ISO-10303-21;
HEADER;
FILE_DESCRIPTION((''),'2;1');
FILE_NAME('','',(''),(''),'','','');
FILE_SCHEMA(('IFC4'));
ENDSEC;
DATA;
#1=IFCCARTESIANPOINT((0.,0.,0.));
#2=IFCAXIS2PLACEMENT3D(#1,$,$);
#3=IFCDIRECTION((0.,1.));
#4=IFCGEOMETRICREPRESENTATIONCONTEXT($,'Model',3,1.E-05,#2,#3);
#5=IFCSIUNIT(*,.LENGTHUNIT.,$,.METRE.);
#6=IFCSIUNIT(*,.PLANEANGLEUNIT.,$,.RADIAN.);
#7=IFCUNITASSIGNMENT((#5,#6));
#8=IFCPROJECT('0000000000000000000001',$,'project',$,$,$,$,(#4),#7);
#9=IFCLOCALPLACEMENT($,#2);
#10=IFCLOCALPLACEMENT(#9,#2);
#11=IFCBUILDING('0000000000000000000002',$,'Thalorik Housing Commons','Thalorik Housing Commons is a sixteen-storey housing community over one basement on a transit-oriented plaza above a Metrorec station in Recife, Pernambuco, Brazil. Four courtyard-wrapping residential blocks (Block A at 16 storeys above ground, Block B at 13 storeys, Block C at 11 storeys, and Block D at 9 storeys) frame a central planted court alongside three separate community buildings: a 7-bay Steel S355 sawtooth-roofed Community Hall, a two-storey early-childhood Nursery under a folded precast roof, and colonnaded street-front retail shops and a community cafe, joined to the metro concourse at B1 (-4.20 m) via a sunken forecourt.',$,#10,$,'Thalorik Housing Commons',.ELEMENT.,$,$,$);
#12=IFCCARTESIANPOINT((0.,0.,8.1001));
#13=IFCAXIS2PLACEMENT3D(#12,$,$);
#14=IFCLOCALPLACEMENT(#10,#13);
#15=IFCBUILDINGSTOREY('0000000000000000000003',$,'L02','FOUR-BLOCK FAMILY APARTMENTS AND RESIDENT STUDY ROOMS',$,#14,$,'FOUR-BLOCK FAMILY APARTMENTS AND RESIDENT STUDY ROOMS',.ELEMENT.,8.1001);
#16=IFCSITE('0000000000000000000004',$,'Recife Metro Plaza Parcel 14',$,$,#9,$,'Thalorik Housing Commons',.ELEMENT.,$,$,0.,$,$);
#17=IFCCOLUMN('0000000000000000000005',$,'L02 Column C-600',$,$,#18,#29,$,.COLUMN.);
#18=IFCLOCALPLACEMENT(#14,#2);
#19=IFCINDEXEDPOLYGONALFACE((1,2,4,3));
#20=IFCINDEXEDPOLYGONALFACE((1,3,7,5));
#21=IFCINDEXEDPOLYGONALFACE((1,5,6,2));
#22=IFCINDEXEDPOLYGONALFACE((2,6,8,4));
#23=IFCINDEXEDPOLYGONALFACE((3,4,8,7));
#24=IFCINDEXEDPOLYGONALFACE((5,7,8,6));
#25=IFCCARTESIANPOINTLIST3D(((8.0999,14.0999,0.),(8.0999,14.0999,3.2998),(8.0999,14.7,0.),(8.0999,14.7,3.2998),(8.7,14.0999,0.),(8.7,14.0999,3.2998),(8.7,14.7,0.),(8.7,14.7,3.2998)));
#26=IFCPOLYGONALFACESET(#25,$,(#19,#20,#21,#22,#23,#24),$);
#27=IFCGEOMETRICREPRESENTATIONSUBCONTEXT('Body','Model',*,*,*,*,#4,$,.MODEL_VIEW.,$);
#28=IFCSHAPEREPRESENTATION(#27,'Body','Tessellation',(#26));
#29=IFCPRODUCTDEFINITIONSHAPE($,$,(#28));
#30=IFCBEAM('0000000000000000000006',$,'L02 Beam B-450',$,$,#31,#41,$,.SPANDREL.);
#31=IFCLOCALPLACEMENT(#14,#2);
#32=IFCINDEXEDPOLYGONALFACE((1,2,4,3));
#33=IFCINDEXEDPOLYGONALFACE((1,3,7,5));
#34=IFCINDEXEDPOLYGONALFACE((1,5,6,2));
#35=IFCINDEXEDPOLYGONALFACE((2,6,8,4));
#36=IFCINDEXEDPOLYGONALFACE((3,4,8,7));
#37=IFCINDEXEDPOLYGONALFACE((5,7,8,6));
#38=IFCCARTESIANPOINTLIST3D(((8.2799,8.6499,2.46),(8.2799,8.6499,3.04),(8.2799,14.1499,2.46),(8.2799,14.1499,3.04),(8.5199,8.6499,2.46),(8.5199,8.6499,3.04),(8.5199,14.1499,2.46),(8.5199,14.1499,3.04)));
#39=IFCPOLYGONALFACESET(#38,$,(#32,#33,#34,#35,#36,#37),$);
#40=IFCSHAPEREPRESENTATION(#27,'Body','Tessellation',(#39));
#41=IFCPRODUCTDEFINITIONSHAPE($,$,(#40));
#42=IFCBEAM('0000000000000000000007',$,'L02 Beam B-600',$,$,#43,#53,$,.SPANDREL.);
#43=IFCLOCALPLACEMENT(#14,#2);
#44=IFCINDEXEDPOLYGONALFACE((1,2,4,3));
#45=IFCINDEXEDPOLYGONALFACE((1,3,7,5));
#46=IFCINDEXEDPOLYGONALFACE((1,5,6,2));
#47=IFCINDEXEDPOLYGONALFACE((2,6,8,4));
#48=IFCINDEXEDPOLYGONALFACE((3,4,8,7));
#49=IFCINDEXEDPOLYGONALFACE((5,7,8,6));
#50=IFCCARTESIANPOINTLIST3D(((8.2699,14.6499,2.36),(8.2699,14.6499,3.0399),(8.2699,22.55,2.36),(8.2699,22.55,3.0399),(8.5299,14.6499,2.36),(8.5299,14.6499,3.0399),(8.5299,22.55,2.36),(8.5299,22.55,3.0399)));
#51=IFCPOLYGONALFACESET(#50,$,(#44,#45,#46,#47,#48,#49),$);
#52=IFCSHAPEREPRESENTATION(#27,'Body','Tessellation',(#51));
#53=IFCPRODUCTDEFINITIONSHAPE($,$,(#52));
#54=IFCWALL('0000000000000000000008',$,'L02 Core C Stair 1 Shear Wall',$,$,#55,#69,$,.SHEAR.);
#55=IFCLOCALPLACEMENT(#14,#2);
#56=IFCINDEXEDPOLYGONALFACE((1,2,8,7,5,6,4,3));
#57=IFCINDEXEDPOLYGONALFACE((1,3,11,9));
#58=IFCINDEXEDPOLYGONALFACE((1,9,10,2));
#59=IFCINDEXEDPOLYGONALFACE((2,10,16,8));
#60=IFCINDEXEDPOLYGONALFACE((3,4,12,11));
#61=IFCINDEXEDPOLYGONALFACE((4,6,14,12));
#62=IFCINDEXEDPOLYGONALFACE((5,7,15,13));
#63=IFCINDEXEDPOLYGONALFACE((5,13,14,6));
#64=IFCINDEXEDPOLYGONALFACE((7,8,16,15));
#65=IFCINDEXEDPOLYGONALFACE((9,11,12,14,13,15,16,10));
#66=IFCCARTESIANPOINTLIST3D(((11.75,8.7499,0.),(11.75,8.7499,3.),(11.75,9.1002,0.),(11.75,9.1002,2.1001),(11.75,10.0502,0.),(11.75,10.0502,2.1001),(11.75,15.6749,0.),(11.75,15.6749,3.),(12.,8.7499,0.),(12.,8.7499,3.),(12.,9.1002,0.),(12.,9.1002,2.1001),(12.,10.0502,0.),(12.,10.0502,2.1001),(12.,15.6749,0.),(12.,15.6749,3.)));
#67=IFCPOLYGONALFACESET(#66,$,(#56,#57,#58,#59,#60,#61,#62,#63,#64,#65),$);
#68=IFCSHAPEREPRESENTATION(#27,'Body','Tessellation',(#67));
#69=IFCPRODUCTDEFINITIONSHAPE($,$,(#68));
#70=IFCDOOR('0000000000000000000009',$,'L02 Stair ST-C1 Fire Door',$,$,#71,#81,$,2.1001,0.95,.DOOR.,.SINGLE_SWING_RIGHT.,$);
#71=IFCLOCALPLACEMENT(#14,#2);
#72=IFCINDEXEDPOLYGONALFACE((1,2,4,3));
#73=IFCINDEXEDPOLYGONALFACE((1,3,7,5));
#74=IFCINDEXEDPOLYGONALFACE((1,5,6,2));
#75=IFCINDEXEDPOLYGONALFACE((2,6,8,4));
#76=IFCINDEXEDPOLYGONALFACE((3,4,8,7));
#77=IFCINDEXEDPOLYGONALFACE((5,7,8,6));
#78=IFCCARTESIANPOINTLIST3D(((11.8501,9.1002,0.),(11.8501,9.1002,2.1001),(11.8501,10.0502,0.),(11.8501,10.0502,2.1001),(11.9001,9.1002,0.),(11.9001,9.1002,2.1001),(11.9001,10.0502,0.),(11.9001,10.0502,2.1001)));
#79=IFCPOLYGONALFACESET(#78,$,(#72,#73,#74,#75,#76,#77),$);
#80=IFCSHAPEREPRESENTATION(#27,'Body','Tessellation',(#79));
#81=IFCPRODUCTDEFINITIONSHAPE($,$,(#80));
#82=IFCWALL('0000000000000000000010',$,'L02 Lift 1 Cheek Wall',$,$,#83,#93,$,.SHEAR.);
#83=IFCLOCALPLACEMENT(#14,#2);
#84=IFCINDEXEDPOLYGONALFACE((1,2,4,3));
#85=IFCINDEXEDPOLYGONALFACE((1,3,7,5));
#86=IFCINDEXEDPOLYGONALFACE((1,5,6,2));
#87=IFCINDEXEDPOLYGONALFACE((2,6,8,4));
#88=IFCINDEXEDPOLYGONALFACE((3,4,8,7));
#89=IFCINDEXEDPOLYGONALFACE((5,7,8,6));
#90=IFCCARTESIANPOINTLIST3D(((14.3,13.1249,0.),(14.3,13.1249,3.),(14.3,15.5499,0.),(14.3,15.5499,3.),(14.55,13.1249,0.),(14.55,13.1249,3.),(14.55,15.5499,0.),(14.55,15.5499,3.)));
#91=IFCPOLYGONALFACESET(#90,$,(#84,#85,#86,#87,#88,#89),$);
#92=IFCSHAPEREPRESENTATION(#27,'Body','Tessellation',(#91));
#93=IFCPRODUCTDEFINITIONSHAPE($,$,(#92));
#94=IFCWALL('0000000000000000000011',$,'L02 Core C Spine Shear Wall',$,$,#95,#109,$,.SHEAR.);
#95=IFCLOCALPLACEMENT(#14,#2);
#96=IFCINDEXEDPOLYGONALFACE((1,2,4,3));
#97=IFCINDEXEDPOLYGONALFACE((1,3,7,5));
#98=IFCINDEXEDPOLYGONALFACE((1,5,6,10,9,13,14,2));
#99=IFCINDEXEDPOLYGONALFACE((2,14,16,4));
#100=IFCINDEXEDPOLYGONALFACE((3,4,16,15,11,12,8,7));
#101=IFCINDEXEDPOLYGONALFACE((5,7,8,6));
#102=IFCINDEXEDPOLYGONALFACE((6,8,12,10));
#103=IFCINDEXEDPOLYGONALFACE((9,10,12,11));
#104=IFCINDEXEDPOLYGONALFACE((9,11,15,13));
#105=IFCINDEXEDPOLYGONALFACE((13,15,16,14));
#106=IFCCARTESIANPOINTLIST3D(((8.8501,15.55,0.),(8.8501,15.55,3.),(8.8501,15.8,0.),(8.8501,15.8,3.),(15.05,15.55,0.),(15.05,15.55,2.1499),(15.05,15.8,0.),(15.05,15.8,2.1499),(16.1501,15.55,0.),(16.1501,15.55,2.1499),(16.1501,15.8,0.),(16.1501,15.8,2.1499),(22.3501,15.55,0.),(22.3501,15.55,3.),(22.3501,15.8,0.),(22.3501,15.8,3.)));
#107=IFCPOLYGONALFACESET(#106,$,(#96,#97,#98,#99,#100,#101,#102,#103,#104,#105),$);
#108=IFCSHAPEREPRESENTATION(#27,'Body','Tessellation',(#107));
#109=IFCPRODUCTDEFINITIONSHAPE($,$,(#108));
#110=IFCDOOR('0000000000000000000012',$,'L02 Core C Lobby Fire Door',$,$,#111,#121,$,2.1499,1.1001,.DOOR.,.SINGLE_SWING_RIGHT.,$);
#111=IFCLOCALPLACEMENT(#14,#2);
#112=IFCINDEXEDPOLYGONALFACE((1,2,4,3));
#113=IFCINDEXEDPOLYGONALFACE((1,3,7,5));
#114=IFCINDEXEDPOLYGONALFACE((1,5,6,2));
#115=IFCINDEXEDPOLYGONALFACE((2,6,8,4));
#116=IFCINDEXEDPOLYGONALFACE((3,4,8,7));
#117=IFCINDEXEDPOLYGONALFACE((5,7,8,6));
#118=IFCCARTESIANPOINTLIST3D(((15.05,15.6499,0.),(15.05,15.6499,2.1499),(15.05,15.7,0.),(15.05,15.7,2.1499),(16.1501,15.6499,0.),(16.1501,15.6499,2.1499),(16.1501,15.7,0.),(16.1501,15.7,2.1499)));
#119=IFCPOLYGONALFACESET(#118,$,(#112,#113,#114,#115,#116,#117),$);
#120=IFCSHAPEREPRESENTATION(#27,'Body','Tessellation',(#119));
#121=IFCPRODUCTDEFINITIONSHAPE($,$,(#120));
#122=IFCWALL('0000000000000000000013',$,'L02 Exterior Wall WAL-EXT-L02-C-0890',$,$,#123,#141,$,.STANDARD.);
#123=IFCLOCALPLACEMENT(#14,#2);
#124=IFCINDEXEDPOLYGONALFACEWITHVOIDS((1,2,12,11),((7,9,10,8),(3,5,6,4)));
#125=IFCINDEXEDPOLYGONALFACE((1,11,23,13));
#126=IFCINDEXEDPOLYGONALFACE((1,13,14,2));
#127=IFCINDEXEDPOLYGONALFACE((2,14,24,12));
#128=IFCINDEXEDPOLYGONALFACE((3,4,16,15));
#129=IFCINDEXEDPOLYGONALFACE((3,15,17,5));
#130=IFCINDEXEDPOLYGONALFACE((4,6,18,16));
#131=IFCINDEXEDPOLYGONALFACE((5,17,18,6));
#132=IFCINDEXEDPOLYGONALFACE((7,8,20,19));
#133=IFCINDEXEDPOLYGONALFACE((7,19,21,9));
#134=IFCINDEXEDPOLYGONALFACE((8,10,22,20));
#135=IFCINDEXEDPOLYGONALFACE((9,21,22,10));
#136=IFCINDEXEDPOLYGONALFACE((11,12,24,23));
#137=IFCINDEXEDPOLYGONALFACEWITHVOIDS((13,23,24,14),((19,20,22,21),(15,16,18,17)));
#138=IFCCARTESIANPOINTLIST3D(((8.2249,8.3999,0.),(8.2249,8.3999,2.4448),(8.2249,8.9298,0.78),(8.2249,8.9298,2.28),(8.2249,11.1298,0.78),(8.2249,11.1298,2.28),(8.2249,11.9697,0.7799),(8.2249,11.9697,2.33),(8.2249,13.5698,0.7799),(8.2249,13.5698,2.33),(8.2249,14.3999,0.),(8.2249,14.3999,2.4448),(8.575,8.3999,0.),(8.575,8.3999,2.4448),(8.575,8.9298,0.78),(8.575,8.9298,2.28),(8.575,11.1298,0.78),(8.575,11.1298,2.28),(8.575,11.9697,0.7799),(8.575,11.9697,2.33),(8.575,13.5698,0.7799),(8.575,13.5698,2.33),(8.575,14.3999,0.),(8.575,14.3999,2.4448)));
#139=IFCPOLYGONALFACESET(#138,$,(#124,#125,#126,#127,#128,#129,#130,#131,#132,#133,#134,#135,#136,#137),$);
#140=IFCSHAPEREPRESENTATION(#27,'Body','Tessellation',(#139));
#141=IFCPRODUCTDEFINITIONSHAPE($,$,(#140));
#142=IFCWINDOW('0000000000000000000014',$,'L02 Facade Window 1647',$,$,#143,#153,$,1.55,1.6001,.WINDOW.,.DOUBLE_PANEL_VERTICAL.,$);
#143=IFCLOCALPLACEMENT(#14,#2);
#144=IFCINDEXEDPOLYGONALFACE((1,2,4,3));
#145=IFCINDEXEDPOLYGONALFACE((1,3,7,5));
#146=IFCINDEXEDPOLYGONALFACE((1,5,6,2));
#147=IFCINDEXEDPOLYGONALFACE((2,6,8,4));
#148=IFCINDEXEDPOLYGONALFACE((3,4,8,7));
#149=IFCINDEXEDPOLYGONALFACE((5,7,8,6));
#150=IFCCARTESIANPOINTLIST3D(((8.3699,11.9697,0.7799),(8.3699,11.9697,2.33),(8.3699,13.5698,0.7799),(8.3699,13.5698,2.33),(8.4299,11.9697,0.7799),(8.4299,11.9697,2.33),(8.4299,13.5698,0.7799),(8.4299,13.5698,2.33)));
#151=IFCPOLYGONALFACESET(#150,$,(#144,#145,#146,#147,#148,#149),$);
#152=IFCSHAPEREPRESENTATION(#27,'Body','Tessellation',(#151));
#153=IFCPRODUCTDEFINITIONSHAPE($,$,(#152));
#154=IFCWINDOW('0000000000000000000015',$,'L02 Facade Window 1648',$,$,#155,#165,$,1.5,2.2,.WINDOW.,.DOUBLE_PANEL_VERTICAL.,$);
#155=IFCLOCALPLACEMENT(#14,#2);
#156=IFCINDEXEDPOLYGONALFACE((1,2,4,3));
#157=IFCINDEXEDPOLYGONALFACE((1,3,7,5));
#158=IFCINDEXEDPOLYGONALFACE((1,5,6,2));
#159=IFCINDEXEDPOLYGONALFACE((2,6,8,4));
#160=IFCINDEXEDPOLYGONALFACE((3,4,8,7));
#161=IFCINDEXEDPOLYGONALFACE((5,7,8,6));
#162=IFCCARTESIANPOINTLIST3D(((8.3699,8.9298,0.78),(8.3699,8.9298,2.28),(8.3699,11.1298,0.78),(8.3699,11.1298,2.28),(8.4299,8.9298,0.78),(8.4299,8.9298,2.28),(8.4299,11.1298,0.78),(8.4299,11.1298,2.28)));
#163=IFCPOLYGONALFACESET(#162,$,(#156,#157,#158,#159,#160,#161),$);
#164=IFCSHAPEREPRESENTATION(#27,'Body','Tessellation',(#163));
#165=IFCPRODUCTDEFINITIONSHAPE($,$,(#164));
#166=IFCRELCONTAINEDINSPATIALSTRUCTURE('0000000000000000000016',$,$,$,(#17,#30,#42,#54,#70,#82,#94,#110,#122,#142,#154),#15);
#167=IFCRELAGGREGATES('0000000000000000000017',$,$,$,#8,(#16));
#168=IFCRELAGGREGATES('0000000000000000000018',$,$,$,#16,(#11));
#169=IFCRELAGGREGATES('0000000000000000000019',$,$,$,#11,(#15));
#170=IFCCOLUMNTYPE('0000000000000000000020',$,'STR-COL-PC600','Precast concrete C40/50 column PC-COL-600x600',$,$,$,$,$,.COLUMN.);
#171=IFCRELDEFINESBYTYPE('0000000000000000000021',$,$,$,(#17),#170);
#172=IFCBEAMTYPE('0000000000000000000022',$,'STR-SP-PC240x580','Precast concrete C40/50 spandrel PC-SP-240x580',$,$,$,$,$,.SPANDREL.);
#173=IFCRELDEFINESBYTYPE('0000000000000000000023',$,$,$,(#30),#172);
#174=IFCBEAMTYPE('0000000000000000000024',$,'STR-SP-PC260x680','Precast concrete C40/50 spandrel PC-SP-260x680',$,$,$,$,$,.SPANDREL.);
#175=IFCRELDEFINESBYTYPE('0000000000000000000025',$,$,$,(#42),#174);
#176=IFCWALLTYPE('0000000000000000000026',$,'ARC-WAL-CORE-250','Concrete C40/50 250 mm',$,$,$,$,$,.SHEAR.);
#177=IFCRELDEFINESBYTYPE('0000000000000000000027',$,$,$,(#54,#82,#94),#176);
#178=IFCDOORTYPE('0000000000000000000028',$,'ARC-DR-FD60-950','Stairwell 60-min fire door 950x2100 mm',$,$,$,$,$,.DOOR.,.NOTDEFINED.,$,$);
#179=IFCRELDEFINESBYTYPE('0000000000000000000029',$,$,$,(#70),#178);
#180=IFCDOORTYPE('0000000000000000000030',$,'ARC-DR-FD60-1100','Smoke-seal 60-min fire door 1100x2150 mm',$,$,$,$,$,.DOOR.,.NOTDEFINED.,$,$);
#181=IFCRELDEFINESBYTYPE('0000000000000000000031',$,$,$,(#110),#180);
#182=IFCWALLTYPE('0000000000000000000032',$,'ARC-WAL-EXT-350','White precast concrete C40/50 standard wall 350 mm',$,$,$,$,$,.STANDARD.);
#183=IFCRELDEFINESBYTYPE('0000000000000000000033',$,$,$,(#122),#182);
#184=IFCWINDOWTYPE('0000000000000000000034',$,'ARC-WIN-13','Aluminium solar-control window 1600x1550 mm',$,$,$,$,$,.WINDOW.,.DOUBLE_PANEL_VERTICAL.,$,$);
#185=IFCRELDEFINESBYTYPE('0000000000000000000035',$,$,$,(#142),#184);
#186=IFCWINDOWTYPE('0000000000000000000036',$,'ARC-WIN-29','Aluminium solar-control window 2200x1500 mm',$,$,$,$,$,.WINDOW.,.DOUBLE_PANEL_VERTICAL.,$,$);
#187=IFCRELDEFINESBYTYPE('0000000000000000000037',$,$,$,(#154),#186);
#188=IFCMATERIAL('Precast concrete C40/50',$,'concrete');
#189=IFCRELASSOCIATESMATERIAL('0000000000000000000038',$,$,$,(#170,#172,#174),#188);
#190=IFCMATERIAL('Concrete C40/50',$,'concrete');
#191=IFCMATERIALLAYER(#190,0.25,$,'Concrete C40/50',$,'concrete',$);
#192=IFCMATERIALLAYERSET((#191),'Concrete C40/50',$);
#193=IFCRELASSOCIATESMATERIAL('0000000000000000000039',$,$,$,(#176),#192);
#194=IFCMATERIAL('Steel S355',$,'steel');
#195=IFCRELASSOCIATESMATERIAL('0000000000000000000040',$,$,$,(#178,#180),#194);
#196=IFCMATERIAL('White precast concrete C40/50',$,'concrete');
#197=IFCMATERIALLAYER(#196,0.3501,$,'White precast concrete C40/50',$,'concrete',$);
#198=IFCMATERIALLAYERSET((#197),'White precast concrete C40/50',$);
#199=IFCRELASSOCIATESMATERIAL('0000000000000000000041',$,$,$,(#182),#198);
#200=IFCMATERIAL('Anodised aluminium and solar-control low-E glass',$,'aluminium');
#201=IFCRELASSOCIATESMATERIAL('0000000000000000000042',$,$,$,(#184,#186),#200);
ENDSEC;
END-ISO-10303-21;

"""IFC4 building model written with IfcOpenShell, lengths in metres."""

from ifc_helpers import new_model, si_unit, direction, frame, frame_2d, origin, origin_2d, place, context, subcontext, project, spatial, rectangle, extrude, material, layer, layer_set, material_profile, profile_set, type_object, element, fill, save


model = new_model("IFC4")

# Units and contexts
model_context = context("Model", 3, precision=1e-05, world=origin(), true_north=direction((0.0, 1.0)))
body_context = subcontext(model_context, "Body", "Model", "MODEL_VIEW")
ifc_project = project(units=[si_unit("LENGTHUNIT", "METRE"), si_unit("PLANEANGLEUNIT", "RADIAN")], contexts=[model_context])

# Site, building, storey
site_placement = place(None, origin())
site = spatial("IfcSite", under=ifc_project, at=site_placement, Name="Recife Metro Plaza Parcel 14", LongName="Thalorik Housing Commons", CompositionType="ELEMENT", RefElevation=0.0)
building_placement = place(site_placement, origin())
building = spatial("IfcBuilding", under=site, at=building_placement, Name="Thalorik Housing Commons", Description="Thalorik Housing Commons is a sixteen-storey housing community over one basement on a transit-oriented plaza above a Metrorec station in Recife, Pernambuco, Brazil. Four courtyard-wrapping residential blocks (Block A at 16 storeys above ground, Block B at 13 storeys, Block C at 11 storeys, and Block D at 9 storeys) frame a central planted court alongside three separate community buildings: a 7-bay Steel S355 sawtooth-roofed Community Hall, a two-storey early-childhood Nursery under a folded precast roof, and colonnaded street-front retail shops and a community cafe, joined to the metro concourse at B1 (-4.20 m) via a sunken forecourt.", LongName="Thalorik Housing Commons", CompositionType="ELEMENT")
storey_placement = place(building_placement, frame((0.0, 0.0, 8.1001)))
storey = spatial("IfcBuildingStorey", under=building, at=storey_placement, Name="L02", Description="FOUR-BLOCK FAMILY APARTMENTS AND RESIDENT STUDY ROOMS", LongName="FOUR-BLOCK FAMILY APARTMENTS AND RESIDENT STUDY ROOMS", CompositionType="ELEMENT", Elevation=8.1001)

# Column
ifc_material_1 = material(Name="Precast concrete C40/50", Category="concrete")
ifc_material_profile_1 = material_profile(ifc_material_1, rectangle(XDim=0.6001, YDim=0.6001, at=origin_2d()), Name="PC 600x600", Category="concrete")
ifc_profile_set_1 = profile_set([ifc_material_profile_1], Name="Precast concrete C40/50")
column_type = type_object("IfcColumnType", Name="STR-COL-PC600", Description="Precast concrete C40/50 column PC-COL-600x600", PredefinedType="COLUMN", material=ifc_profile_set_1)
column_placement = place(storey_placement, frame((8.3999, 14.3999, 0.0), z_axis=(0.0, 0.0, 1.0), x_axis=(1.0, 0.0, 0.0)))
element("IfcColumn", 1, at=column_placement, inside=storey, type_object=column_type, Name="L02 Column C-600", PredefinedType="COLUMN", context=body_context, shape_type="SweptSolid", body=[
    extrude(rectangle(XDim=0.6001, YDim=0.6001, at=origin_2d()), origin(), (0.0, 0.0, 1.0), 3.2998),
])

# Beams
ifc_material_profile_2 = material_profile(ifc_material_1, rectangle(XDim=0.24, YDim=0.5801, at=origin_2d()), Name="PC SP 240x580", Category="concrete")
ifc_profile_set_2 = profile_set([ifc_material_profile_2], Name="Precast concrete C40/50")
beam_type_1 = type_object("IfcBeamType", Name="STR-SP-PC240x580", Description="Precast concrete C40/50 spandrel PC-SP-240x580", PredefinedType="SPANDREL", material=ifc_profile_set_2)
beam_1_placement = place(storey_placement, frame((8.3999, 8.6499, 2.75), z_axis=(0.0, 1.0, 0.0), x_axis=(-1.0, 0.0, 0.0)))
element("IfcBeam", 2, at=beam_1_placement, inside=storey, type_object=beam_type_1, Name="L02 Beam B-450", PredefinedType="SPANDREL", context=body_context, shape_type="SweptSolid", body=[
    extrude(rectangle(XDim=0.24, YDim=0.5801, at=origin_2d()), origin(), (0.0, 0.0, 1.0), 5.5),
])
ifc_material_profile_3 = material_profile(ifc_material_1, rectangle(XDim=0.26, YDim=0.6799, at=origin_2d()), Name="PC SP 260x680", Category="concrete")
ifc_profile_set_3 = profile_set([ifc_material_profile_3], Name="Precast concrete C40/50")
beam_type_2 = type_object("IfcBeamType", Name="STR-SP-PC260x680", Description="Precast concrete C40/50 spandrel PC-SP-260x680", PredefinedType="SPANDREL", material=ifc_profile_set_3)
beam_2_placement = place(storey_placement, frame((8.3999, 14.6499, 2.7), z_axis=(0.0, 1.0, 0.0), x_axis=(-1.0, 0.0, 0.0)))
element("IfcBeam", 3, at=beam_2_placement, inside=storey, type_object=beam_type_2, Name="L02 Beam B-600", PredefinedType="SPANDREL", context=body_context, shape_type="SweptSolid", body=[
    extrude(rectangle(XDim=0.26, YDim=0.6799, at=origin_2d()), origin(), (0.0, 0.0, 1.0), 7.9001),
])

# Wall, opening, door
ifc_material_2 = material(Name="Concrete C40/50", Category="concrete")
ifc_layer_1 = layer(ifc_material_2, 0.25, Name="Concrete C40/50", Category="concrete")
ifc_layer_set_1 = layer_set([ifc_layer_1], Name="Concrete C40/50")
wall_type_1 = type_object("IfcWallType", Name="ARC-WAL-CORE-250", Description="Concrete C40/50 250 mm", PredefinedType="SHEAR", material=ifc_layer_set_1)
wall_1_placement = place(storey_placement, frame((11.875, 8.75, 0.0), z_axis=(0.0, 0.0, 1.0), x_axis=(0.0, 1.0, 0.0)))
wall_1 = element("IfcWall", 4, at=wall_1_placement, inside=storey, type_object=wall_type_1, Name="L02 Core C Stair 1 Shear Wall", PredefinedType="SHEAR", context=body_context, shape_type="SweptSolid", body=[
    extrude(rectangle(XDim=6.925, YDim=0.25, at=frame_2d((3.4624, 0.0))), origin(), (0.0, 0.0, 1.0), 3.0),
])
opening_1_placement = place(wall_1_placement, frame((0.3501, 0.0, 0.0)))
opening_1 = element("IfcOpeningElement", 5, at=opening_1_placement, cuts=wall_1, PredefinedType="OPENING", context=body_context, shape_type="SweptSolid", body=[
    extrude(rectangle(XDim=0.95, YDim=2.1001, at=frame_2d((0.4751, 1.05))), frame((0.0, 0.135, 0.0), z_axis=(0.0, -1.0, 0.0), x_axis=(1.0, 0.0, 0.0)), (0.0, 0.0, 1.0), 0.27),
])
ifc_material_3 = material(Name="Steel S355", Category="steel")
door_type_1 = type_object("IfcDoorType", Name="ARC-DR-FD60-950", Description="Stairwell 60-min fire door 950x2100 mm", OperationType="NOTDEFINED", PredefinedType="DOOR", material=ifc_material_3)
door_1_placement = place(opening_1_placement, origin())
door_1 = element("IfcDoor", 6, at=door_1_placement, inside=storey, type_object=door_type_1, Name="L02 Stair ST-C1 Fire Door", OperationType="SINGLE_SWING_RIGHT", OverallHeight=2.1001, OverallWidth=0.95, PredefinedType="DOOR", context=body_context, shape_type="SweptSolid", body=[
    extrude(rectangle(XDim=0.95, YDim=2.1001, at=frame_2d((0.4751, 1.05))), frame((0.0, 0.0249, 0.0), z_axis=(0.0, -1.0, 0.0), x_axis=(1.0, 0.0, 0.0)), (0.0, 0.0, 1.0), 0.05),
])
fill(opening_1, door_1)

# Wall
wall_2_placement = place(storey_placement, frame((14.425, 13.125, 0.0), z_axis=(0.0, 0.0, 1.0), x_axis=(0.0, 1.0, 0.0)))
element("IfcWall", 7, at=wall_2_placement, inside=storey, type_object=wall_type_1, Name="L02 Lift 1 Cheek Wall", PredefinedType="SHEAR", context=body_context, shape_type="SweptSolid", body=[
    extrude(rectangle(XDim=2.425, YDim=0.25, at=frame_2d((1.2124, 0.0))), origin(), (0.0, 0.0, 1.0), 3.0),
])

# Wall, opening, door
wall_3_placement = place(storey_placement, frame((8.8501, 15.675, 0.0), z_axis=(0.0, 0.0, 1.0), x_axis=(1.0, 0.0, 0.0)))
wall_3 = element("IfcWall", 8, at=wall_3_placement, inside=storey, type_object=wall_type_1, Name="L02 Core C Spine Shear Wall", PredefinedType="SHEAR", context=body_context, shape_type="SweptSolid", body=[
    extrude(rectangle(XDim=13.5, YDim=0.25, at=frame_2d((6.75, 0.0))), origin(), (0.0, 0.0, 1.0), 3.0),
])
opening_2_placement = place(wall_3_placement, frame((6.2, 0.0, 0.0)))
opening_2 = element("IfcOpeningElement", 9, at=opening_2_placement, cuts=wall_3, PredefinedType="OPENING", context=body_context, shape_type="SweptSolid", body=[
    extrude(rectangle(XDim=1.1001, YDim=2.1499, at=frame_2d((0.55, 1.075))), frame((0.0, 0.135, 0.0), z_axis=(0.0, -1.0, 0.0), x_axis=(1.0, 0.0, 0.0)), (0.0, 0.0, 1.0), 0.27),
])
door_type_2 = type_object("IfcDoorType", Name="ARC-DR-FD60-1100", Description="Smoke-seal 60-min fire door 1100x2150 mm", OperationType="NOTDEFINED", PredefinedType="DOOR", material=ifc_material_3)
door_2_placement = place(opening_2_placement, origin())
door_2 = element("IfcDoor", 10, at=door_2_placement, inside=storey, type_object=door_type_2, Name="L02 Core C Lobby Fire Door", OperationType="SINGLE_SWING_RIGHT", OverallHeight=2.1499, OverallWidth=1.1001, PredefinedType="DOOR", context=body_context, shape_type="SweptSolid", body=[
    extrude(rectangle(XDim=1.1001, YDim=2.1499, at=frame_2d((0.55, 1.075))), frame((0.0, 0.0249, 0.0), z_axis=(0.0, -1.0, 0.0), x_axis=(1.0, 0.0, 0.0)), (0.0, 0.0, 1.0), 0.05),
])
fill(opening_2, door_2)

# Wall, openings, windows
ifc_material_4 = material(Name="White precast concrete C40/50", Category="concrete")
ifc_layer_2 = layer(ifc_material_4, 0.3501, Name="White precast concrete C40/50", Category="concrete")
ifc_layer_set_2 = layer_set([ifc_layer_2], Name="White precast concrete C40/50")
wall_type_2 = type_object("IfcWallType", Name="ARC-WAL-EXT-350", Description="White precast concrete C40/50 standard wall 350 mm", PredefinedType="STANDARD", material=ifc_layer_set_2)
wall_4_placement = place(storey_placement, frame((8.3999, 14.3999, 0.0), z_axis=(0.0, 0.0, 1.0), x_axis=(0.0, -1.0, 0.0)))
wall_4 = element("IfcWall", 11, at=wall_4_placement, inside=storey, type_object=wall_type_2, Name="L02 Exterior Wall WAL-EXT-L02-C-0890", PredefinedType="STANDARD", context=body_context, shape_type="SweptSolid", body=[
    extrude(rectangle(XDim=6.0, YDim=0.3501, at=frame_2d((3.0, 0.0))), origin(), (0.0, 0.0, 1.0), 2.4448),
])
opening_3_placement = place(wall_4_placement, frame((0.8301, 0.0, 0.78)))
opening_3 = element("IfcOpeningElement", 12, at=opening_3_placement, cuts=wall_4, PredefinedType="OPENING", context=body_context, shape_type="SweptSolid", body=[
    extrude(rectangle(XDim=1.6001, YDim=1.55, at=frame_2d((0.8, 0.7749))), frame((0.0, 0.1851, 0.0), z_axis=(0.0, -1.0, 0.0), x_axis=(1.0, 0.0, 0.0)), (0.0, 0.0, 1.0), 0.3701),
])
opening_4_placement = place(wall_4_placement, frame((3.27, 0.0, 0.78)))
opening_4 = element("IfcOpeningElement", 13, at=opening_4_placement, cuts=wall_4, PredefinedType="OPENING", context=body_context, shape_type="SweptSolid", body=[
    extrude(rectangle(XDim=2.2, YDim=1.5, at=frame_2d((1.1001, 0.75))), frame((0.0, 0.1851, 0.0), z_axis=(0.0, -1.0, 0.0), x_axis=(1.0, 0.0, 0.0)), (0.0, 0.0, 1.0), 0.3701),
])
ifc_material_5 = material(Name="Anodised aluminium and solar-control low-E glass", Category="aluminium")
window_type_1 = type_object("IfcWindowType", Name="ARC-WIN-13", Description="Aluminium solar-control window 1600x1550 mm", PartitioningType="DOUBLE_PANEL_VERTICAL", PredefinedType="WINDOW", material=ifc_material_5)
window_1_placement = place(opening_3_placement, origin())
window_1 = element("IfcWindow", 14, at=window_1_placement, inside=storey, type_object=window_type_1, Name="L02 Facade Window 1647", OverallHeight=1.55, OverallWidth=1.6001, PartitioningType="DOUBLE_PANEL_VERTICAL", PredefinedType="WINDOW", context=body_context, shape_type="SweptSolid", body=[
    extrude(rectangle(XDim=1.6001, YDim=1.55, at=frame_2d((0.8, 0.7749))), frame((0.0, 0.03, 0.0), z_axis=(0.0, -1.0, 0.0), x_axis=(1.0, 0.0, 0.0)), (0.0, 0.0, 1.0), 0.0601),
])
fill(opening_3, window_1)
window_type_2 = type_object("IfcWindowType", Name="ARC-WIN-29", Description="Aluminium solar-control window 2200x1500 mm", PartitioningType="DOUBLE_PANEL_VERTICAL", PredefinedType="WINDOW", material=ifc_material_5)
window_2_placement = place(opening_4_placement, origin())
window_2 = element("IfcWindow", 15, at=window_2_placement, inside=storey, type_object=window_type_2, Name="L02 Facade Window 1648", OverallHeight=1.5, OverallWidth=2.2, PartitioningType="DOUBLE_PANEL_VERTICAL", PredefinedType="WINDOW", context=body_context, shape_type="SweptSolid", body=[
    extrude(rectangle(XDim=2.2, YDim=1.5, at=frame_2d((1.1001, 0.75))), frame((0.0, 0.03, 0.0), z_axis=(0.0, -1.0, 0.0), x_axis=(1.0, 0.0, 0.0)), (0.0, 0.0, 1.0), 0.0601),
])
fill(opening_4, window_2)

save(model, "model.ifc")
